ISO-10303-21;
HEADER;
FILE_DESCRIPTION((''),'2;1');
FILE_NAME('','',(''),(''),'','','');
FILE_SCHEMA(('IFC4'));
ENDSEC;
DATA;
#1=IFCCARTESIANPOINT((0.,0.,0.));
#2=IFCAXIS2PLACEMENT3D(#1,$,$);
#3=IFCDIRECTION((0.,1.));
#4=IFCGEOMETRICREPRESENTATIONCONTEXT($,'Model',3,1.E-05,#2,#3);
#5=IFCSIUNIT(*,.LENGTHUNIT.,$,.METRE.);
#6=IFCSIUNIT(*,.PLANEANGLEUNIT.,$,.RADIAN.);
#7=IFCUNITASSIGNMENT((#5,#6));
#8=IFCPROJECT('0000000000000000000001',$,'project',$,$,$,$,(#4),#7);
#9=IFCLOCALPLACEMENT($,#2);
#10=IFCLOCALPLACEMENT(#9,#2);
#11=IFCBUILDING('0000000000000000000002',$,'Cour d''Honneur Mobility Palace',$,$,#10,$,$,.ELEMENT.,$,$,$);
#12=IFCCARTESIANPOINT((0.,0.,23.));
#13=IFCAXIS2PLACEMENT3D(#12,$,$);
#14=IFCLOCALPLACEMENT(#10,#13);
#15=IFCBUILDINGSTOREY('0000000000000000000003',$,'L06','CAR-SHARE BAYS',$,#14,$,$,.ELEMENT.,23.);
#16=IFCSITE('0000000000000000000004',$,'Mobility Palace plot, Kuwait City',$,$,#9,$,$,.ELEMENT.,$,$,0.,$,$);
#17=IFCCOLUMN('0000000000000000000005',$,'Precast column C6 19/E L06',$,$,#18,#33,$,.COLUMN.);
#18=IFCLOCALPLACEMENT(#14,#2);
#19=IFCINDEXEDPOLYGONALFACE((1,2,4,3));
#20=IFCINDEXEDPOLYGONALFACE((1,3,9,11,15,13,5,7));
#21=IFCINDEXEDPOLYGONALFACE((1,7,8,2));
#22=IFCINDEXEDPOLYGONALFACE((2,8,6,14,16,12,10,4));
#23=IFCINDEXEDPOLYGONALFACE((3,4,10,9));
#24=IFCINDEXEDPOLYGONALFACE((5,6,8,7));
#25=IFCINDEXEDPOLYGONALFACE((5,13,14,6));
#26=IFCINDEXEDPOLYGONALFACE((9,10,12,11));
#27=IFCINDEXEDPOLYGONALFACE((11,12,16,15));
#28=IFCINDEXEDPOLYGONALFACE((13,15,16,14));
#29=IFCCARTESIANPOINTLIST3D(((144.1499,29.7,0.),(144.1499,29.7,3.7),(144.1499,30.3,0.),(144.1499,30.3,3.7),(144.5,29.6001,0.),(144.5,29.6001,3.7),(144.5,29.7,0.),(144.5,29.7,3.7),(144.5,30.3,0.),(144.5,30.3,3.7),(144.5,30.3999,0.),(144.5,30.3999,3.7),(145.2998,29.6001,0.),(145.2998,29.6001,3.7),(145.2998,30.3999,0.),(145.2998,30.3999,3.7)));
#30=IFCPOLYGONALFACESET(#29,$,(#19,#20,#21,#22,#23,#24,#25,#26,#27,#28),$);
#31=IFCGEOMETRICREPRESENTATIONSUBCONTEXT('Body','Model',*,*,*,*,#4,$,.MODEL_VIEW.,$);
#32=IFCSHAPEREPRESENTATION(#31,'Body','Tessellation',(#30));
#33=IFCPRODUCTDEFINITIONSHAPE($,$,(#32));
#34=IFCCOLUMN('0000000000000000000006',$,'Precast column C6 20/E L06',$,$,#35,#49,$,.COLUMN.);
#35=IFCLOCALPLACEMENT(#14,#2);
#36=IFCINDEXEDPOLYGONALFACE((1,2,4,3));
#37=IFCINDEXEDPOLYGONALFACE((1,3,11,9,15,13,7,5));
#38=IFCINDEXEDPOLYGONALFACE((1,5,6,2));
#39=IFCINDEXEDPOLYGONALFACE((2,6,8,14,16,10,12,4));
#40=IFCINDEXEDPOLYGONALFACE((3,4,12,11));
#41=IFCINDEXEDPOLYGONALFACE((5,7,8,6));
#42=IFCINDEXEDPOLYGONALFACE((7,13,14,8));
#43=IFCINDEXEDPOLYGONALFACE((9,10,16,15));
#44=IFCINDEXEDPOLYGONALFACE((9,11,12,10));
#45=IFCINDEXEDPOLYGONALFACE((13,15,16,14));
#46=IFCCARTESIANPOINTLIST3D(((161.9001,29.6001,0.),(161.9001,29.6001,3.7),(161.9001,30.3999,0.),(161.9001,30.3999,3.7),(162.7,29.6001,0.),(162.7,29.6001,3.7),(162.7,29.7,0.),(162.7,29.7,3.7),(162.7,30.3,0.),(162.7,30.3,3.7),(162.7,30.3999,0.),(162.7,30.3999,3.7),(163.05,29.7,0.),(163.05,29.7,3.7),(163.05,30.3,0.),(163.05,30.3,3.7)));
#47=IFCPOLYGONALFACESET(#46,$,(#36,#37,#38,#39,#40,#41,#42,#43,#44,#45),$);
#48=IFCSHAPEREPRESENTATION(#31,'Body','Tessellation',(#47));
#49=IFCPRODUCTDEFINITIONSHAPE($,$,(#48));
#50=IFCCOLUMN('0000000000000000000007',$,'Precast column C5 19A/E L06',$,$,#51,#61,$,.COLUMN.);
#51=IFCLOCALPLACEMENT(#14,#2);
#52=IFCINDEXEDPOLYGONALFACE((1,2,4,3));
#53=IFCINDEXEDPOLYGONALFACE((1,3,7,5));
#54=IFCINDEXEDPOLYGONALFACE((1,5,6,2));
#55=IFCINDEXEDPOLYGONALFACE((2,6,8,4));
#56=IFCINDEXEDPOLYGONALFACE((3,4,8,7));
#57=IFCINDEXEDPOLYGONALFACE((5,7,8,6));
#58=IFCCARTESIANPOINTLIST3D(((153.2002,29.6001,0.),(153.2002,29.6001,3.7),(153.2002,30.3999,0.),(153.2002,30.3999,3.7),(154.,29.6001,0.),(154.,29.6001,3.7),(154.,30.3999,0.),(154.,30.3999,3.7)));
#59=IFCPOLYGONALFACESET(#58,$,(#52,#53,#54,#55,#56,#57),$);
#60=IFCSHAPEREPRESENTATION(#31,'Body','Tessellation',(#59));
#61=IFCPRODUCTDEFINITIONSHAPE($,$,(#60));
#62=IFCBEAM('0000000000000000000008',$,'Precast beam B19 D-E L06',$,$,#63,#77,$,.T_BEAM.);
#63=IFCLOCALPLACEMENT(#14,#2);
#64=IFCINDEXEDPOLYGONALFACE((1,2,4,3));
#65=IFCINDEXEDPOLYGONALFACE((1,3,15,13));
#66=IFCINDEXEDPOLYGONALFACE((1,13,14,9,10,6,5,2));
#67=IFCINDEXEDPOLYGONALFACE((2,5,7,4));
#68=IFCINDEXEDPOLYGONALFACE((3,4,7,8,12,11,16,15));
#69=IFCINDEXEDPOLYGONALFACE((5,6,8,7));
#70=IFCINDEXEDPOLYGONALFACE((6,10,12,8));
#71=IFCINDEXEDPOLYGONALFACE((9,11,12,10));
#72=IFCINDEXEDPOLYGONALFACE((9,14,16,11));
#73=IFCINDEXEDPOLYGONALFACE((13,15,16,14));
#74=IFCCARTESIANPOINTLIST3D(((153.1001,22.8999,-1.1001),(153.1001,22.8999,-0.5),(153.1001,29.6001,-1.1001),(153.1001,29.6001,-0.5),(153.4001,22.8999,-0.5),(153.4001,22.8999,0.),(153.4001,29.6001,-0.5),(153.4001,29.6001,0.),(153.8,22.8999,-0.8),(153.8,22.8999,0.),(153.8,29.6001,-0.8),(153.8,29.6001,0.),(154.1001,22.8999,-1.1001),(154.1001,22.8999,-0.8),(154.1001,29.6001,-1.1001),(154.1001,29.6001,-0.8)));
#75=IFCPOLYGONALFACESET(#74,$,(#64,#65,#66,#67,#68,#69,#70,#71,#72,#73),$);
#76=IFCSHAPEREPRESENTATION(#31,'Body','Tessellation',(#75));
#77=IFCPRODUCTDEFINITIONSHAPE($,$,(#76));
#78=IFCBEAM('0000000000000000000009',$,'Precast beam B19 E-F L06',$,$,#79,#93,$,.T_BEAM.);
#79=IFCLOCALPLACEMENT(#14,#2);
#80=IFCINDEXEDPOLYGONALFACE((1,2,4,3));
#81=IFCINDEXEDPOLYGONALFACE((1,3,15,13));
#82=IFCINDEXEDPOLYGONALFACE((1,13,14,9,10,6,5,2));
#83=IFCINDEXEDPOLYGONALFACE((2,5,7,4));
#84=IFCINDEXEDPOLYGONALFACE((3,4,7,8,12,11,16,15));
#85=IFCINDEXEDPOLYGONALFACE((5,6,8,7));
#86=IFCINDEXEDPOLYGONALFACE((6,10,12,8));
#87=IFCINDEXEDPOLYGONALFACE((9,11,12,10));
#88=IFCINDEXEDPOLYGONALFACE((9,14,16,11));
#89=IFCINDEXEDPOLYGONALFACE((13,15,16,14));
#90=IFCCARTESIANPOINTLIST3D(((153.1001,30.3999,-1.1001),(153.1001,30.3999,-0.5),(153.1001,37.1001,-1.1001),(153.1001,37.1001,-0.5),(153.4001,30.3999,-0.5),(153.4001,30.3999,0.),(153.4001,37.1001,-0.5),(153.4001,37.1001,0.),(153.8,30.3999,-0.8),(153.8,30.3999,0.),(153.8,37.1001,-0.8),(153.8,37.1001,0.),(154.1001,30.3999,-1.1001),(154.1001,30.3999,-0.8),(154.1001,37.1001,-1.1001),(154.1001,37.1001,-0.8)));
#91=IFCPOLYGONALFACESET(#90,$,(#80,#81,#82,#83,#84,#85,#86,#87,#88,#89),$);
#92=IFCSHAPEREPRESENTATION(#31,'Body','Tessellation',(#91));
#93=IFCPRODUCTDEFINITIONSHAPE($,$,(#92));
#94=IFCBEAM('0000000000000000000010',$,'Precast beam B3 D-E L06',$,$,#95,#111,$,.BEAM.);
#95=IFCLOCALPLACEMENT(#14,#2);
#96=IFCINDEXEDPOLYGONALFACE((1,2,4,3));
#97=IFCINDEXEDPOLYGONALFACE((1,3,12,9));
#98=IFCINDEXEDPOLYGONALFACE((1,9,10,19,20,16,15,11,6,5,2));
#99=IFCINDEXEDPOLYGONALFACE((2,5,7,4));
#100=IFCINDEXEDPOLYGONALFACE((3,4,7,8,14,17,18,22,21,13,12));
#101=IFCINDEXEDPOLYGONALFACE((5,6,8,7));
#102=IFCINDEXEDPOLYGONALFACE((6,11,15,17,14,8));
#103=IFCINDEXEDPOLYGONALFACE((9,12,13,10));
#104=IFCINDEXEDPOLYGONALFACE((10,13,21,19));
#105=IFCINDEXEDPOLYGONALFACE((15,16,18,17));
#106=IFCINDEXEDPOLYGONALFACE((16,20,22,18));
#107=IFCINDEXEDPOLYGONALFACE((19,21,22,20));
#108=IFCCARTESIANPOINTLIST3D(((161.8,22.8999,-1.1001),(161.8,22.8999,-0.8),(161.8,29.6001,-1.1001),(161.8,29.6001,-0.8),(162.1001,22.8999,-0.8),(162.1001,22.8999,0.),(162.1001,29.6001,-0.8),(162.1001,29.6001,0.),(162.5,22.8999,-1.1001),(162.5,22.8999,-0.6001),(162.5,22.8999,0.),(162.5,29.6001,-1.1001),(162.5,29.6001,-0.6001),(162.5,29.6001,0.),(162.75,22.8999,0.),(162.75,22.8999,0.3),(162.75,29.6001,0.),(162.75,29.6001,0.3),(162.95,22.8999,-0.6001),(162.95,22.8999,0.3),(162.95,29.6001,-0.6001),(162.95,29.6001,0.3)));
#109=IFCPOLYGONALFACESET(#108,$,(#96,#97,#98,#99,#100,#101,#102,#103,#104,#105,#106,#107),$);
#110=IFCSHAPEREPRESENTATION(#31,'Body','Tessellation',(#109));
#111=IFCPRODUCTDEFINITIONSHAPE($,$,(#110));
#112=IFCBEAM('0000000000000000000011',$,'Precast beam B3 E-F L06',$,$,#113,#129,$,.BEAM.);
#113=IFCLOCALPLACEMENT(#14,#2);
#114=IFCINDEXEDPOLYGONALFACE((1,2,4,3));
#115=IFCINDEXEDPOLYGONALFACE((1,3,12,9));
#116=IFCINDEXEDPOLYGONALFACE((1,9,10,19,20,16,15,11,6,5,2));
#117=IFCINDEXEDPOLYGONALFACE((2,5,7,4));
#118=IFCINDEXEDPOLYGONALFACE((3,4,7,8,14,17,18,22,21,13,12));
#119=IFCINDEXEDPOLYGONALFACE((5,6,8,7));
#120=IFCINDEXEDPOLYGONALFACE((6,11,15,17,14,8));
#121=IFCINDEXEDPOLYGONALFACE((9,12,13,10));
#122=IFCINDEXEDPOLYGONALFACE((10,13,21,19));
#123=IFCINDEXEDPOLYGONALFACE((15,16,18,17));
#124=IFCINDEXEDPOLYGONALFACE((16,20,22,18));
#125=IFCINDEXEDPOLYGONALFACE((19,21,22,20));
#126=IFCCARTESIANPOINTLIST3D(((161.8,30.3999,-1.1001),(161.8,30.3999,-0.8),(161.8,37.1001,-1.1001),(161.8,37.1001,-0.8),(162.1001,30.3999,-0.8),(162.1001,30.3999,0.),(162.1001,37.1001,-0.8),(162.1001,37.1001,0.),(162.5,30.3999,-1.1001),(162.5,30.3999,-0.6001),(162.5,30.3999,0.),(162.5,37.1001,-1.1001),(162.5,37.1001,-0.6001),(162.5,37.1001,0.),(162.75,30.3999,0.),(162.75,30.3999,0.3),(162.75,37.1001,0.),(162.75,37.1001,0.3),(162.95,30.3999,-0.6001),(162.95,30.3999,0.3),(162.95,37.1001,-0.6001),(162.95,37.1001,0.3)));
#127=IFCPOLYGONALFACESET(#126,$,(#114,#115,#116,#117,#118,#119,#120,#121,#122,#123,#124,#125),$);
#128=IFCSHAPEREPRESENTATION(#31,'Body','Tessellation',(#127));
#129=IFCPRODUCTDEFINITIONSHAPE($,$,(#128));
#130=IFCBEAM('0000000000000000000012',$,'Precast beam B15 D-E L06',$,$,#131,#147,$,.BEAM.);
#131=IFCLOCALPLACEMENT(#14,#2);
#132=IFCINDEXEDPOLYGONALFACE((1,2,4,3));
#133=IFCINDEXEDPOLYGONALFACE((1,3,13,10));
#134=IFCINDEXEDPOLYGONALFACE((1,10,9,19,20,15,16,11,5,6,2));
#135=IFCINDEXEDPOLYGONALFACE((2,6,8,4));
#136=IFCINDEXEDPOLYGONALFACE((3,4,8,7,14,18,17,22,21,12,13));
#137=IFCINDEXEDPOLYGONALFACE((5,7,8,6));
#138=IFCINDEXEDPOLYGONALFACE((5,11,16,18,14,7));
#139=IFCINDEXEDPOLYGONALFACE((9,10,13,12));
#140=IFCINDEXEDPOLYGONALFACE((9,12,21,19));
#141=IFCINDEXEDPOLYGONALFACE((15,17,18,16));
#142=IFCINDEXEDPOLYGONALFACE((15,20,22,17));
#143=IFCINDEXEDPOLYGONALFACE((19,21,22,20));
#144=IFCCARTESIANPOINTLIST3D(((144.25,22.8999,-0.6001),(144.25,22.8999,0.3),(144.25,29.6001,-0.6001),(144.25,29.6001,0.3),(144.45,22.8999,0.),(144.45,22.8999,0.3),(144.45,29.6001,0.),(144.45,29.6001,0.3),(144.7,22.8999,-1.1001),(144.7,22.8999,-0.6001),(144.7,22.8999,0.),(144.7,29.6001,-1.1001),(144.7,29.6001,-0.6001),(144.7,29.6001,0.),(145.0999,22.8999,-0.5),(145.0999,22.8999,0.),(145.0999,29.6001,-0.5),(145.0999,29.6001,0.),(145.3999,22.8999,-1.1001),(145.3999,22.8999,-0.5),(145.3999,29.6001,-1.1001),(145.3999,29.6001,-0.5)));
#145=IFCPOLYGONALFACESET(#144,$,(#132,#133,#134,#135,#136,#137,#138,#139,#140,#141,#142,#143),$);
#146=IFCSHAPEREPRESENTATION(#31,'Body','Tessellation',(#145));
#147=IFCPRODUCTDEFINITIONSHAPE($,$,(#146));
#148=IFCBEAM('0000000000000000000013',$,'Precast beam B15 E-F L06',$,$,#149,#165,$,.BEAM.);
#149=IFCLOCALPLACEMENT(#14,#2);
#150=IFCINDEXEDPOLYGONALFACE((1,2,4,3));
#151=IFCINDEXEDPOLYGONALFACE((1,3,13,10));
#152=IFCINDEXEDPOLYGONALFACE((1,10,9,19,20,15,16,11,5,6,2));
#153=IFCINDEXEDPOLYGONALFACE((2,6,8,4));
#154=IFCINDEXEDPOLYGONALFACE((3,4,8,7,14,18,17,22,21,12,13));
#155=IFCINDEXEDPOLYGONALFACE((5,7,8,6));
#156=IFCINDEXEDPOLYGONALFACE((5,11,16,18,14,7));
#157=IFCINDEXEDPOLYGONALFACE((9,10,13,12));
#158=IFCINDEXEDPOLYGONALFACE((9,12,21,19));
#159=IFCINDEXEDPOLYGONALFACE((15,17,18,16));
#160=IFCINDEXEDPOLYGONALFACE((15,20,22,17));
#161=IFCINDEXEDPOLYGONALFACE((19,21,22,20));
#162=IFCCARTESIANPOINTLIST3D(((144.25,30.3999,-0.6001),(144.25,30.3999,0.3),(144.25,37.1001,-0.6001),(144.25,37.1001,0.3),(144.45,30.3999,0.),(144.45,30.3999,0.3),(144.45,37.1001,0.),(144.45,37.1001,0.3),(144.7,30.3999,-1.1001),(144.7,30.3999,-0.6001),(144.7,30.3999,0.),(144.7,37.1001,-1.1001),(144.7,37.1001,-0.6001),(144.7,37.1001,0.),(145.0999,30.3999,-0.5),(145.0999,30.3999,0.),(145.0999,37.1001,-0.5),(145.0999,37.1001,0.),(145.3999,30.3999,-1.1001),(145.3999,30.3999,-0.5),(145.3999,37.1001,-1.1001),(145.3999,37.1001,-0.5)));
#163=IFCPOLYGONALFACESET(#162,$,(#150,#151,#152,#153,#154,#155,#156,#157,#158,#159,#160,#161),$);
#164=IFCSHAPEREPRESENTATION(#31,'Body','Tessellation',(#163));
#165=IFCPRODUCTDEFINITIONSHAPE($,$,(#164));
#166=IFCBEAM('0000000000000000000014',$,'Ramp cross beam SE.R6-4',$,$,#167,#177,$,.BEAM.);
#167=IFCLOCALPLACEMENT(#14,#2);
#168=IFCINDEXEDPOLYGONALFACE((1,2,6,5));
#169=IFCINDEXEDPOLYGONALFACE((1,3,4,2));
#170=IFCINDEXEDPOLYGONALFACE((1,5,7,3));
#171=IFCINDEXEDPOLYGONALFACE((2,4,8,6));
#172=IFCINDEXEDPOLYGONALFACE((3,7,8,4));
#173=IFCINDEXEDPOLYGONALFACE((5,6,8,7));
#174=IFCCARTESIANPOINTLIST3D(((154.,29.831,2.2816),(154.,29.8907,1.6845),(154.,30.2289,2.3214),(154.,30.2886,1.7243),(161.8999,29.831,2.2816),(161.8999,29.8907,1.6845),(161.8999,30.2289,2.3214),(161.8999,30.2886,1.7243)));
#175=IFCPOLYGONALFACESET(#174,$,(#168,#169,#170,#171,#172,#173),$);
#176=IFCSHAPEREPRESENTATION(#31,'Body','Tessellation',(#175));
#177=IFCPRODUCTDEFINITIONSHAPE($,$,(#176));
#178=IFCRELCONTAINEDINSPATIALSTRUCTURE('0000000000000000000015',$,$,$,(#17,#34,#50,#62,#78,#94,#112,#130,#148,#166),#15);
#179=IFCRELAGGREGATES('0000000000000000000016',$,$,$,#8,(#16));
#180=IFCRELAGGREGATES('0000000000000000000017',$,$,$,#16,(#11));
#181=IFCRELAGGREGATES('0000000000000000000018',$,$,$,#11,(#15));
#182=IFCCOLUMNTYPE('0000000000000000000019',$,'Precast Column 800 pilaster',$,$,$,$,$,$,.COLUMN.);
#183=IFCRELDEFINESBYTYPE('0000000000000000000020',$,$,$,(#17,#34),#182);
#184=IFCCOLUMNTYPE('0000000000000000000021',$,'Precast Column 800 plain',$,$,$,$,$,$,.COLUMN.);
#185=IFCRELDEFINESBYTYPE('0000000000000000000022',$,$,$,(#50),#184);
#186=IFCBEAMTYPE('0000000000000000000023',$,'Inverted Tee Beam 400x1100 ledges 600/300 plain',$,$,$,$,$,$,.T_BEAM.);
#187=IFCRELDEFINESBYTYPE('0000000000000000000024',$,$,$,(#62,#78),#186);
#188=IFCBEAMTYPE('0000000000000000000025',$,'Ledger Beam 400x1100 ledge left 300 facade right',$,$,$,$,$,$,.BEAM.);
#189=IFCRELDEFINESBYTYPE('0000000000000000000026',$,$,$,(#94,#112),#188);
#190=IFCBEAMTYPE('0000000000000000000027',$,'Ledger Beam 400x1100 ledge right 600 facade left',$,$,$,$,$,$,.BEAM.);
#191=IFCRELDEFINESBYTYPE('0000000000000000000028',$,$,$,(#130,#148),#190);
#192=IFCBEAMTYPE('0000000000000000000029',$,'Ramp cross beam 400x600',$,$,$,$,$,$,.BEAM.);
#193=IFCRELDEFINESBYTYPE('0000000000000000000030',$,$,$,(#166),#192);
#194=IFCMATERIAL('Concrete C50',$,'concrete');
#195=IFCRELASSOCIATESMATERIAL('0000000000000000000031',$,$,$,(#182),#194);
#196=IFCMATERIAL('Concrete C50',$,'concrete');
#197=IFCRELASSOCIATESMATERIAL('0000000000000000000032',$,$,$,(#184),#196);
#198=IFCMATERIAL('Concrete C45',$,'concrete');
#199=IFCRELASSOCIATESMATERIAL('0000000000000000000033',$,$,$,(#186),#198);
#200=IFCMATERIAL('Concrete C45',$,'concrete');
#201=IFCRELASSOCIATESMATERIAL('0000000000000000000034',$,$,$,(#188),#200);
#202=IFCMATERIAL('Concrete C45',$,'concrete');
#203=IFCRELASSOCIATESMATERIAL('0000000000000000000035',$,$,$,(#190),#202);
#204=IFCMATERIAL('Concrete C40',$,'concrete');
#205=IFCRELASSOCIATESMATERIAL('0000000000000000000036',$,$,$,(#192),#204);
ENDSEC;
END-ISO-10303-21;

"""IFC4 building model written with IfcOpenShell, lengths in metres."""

from ifc_helpers import new_model, si_unit, direction, frame, origin, origin_2d, place, context, subcontext, project, spatial, polyline, rectangle, outline, extrude, material, material_profile, profile_set, type_object, element, save


model = new_model("IFC4")

# Units and contexts
model_context = context("Model", 3, precision=1e-05, world=origin(), true_north=direction((0.0, 1.0)))
body_context = subcontext(model_context, "Body", "Model", "MODEL_VIEW")
ifc_project = project(units=[si_unit("LENGTHUNIT", "METRE"), si_unit("PLANEANGLEUNIT", "RADIAN")], contexts=[model_context])

# Site, building, storey
site_placement = place(None, origin())
site = spatial("IfcSite", under=ifc_project, at=site_placement, Name="Mobility Palace plot, Kuwait City", CompositionType="ELEMENT", RefElevation=0.0)
building_placement = place(site_placement, origin())
building = spatial("IfcBuilding", under=site, at=building_placement, Name="Cour d'Honneur Mobility Palace", CompositionType="ELEMENT")
storey_placement = place(building_placement, frame((0.0, 0.0, 23.0)))
storey = spatial("IfcBuildingStorey", under=building, at=storey_placement, Name="L06", Description="CAR-SHARE BAYS", CompositionType="ELEMENT", Elevation=23.0)

# Columns
ifc_material_1 = material(Name="Concrete C50", Category="concrete")
ifc_material_profile_1 = material_profile(ifc_material_1, outline(polyline([(-0.3999, -0.3999), (0.3999, -0.3999), (0.3999, -0.3), (0.75, -0.3), (0.75, 0.3), (0.3999, 0.3), (0.3999, 0.3999), (-0.3999, 0.3999), (-0.3999, -0.3999)])), Name="PC C800 pilaster")
ifc_profile_set_1 = profile_set([ifc_material_profile_1], Name="Concrete C50")
column_type_1 = type_object("IfcColumnType", Name="Precast Column 800 pilaster", PredefinedType="COLUMN", material=ifc_profile_set_1)
for number, where, z_axis, x_axis, name in (
    (1, (144.8999, 30.0, 0.0), (0.0, 0.0, 1.0), (-1.0, 0.0, 0.0), "Precast column C6 19/E L06"),
    (2, (162.3, 30.0, 0.0), (0.0, 0.0, 1.0), (1.0, 0.0, 0.0), "Precast column C6 20/E L06"),
):
    element("IfcColumn", number, at=place(storey_placement, frame(where, z_axis=z_axis, x_axis=x_axis)), inside=storey, type_object=column_type_1, Name=name, PredefinedType="COLUMN", context=body_context, shape_type="SweptSolid", body=[
        extrude(outline(polyline([(-0.3999, -0.3999), (0.3999, -0.3999), (0.3999, -0.3), (0.75, -0.3), (0.75, 0.3), (0.3999, 0.3), (0.3999, 0.3999), (-0.3999, 0.3999), (-0.3999, -0.3999)])), origin(), (0.0, 0.0, 1.0), 3.7),
    ])
ifc_material_2 = material(Name="Concrete C50", Category="concrete")
ifc_material_profile_2 = material_profile(ifc_material_2, outline(polyline([(-0.3999, -0.3999), (0.3999, -0.3999), (0.3999, 0.3999), (-0.3999, 0.3999), (-0.3999, -0.3999)])), Name="PC C800 plain")
ifc_profile_set_2 = profile_set([ifc_material_profile_2], Name="Concrete C50")
column_type_2 = type_object("IfcColumnType", Name="Precast Column 800 plain", PredefinedType="COLUMN", material=ifc_profile_set_2)
column_placement = place(storey_placement, frame((153.6001, 30.0, 0.0), z_axis=(0.0, 0.0, 1.0), x_axis=(1.0, 0.0, 0.0)))
element("IfcColumn", 3, at=column_placement, inside=storey, type_object=column_type_2, Name="Precast column C5 19A/E L06", PredefinedType="COLUMN", context=body_context, shape_type="SweptSolid", body=[
    extrude(outline(polyline([(-0.3999, -0.3999), (0.3999, -0.3999), (0.3999, 0.3999), (-0.3999, 0.3999), (-0.3999, -0.3999)])), origin(), (0.0, 0.0, 1.0), 3.7),
])

# Beams
ifc_material_3 = material(Name="Concrete C45", Category="concrete")
ifc_material_profile_3 = material_profile(ifc_material_3, outline(polyline([(0.5, -1.1001), (0.5, -0.5), (0.2, -0.5), (0.2, 0.0), (-0.2, 0.0), (-0.2, -0.8), (-0.5, -0.8), (-0.5, -1.1001), (0.5, -1.1001)])), Name="Inverted Tee Beam 400x1100 ledges 600/300 plain")
ifc_profile_set_3 = profile_set([ifc_material_profile_3], Name="Concrete C45")
beam_type_1 = type_object("IfcBeamType", Name="Inverted Tee Beam 400x1100 ledges 600/300 plain", PredefinedType="T_BEAM", material=ifc_profile_set_3)
for number, where, z_axis, x_axis, name in (
    (4, (153.6001, 22.8999, 0.0), (0.0, 1.0, 0.0), (-1.0, 0.0, 0.0), "Precast beam B19 D-E L06"),
    (5, (153.6001, 30.3999, 0.0), (0.0, 1.0, 0.0), (-1.0, 0.0, 0.0), "Precast beam B19 E-F L06"),
):
    element("IfcBeam", number, at=place(storey_placement, frame(where, z_axis=z_axis, x_axis=x_axis)), inside=storey, type_object=beam_type_1, Name=name, PredefinedType="T_BEAM", context=body_context, shape_type="SweptSolid", body=[
        extrude(outline(polyline([(0.5, -1.1001), (0.5, -0.5), (0.2, -0.5), (0.2, 0.0), (-0.2, 0.0), (-0.2, -0.8), (-0.5, -0.8), (-0.5, -1.1001), (0.5, -1.1001)])), origin(), (0.0, 0.0, 1.0), 6.7002),
    ])
ifc_material_4 = material(Name="Concrete C45", Category="concrete")
ifc_material_profile_4 = material_profile(ifc_material_4, outline(polyline([(0.5, -1.1001), (0.5, -0.8), (0.2, -0.8), (0.2, 0.0), (-0.2, 0.0), (-0.45, 0.0), (-0.45, 0.3), (-0.6499, 0.3), (-0.6499, -0.6001), (-0.2, -0.6001), (-0.2, -1.1001), (0.5, -1.1001)])), Name="Ledger Beam 400x1100 ledge left 300 facade right")
ifc_profile_set_4 = profile_set([ifc_material_profile_4], Name="Concrete C45")
beam_type_2 = type_object("IfcBeamType", Name="Ledger Beam 400x1100 ledge left 300 facade right", PredefinedType="BEAM", material=ifc_profile_set_4)
for number, where, z_axis, x_axis, name in (
    (6, (162.3, 22.8999, 0.0), (0.0, 1.0, 0.0), (-1.0, 0.0, 0.0), "Precast beam B3 D-E L06"),
    (7, (162.3, 30.3999, 0.0), (0.0, 1.0, 0.0), (-1.0, 0.0, 0.0), "Precast beam B3 E-F L06"),
):
    element("IfcBeam", number, at=place(storey_placement, frame(where, z_axis=z_axis, x_axis=x_axis)), inside=storey, type_object=beam_type_2, Name=name, PredefinedType="BEAM", context=body_context, shape_type="SweptSolid", body=[
        extrude(outline(polyline([(0.5, -1.1001), (0.5, -0.8), (0.2, -0.8), (0.2, 0.0), (-0.2, 0.0), (-0.45, 0.0), (-0.45, 0.3), (-0.6499, 0.3), (-0.6499, -0.6001), (-0.2, -0.6001), (-0.2, -1.1001), (0.5, -1.1001)])), origin(), (0.0, 0.0, 1.0), 6.7002),
    ])
ifc_material_5 = material(Name="Concrete C45", Category="concrete")
ifc_material_profile_5 = material_profile(ifc_material_5, outline(polyline([(0.2, -1.1001), (0.2, -0.6001), (0.6499, -0.6001), (0.6499, 0.3), (0.45, 0.3), (0.45, 0.0), (0.2, 0.0), (-0.2, 0.0), (-0.2, -0.5), (-0.5, -0.5), (-0.5, -1.1001), (0.2, -1.1001)])), Name="Ledger Beam 400x1100 ledge right 600 facade left")
ifc_profile_set_5 = profile_set([ifc_material_profile_5], Name="Concrete C45")
beam_type_3 = type_object("IfcBeamType", Name="Ledger Beam 400x1100 ledge right 600 facade left", PredefinedType="BEAM", material=ifc_profile_set_5)
for number, where, z_axis, x_axis, name in (
    (8, (144.8999, 22.8999, 0.0), (0.0, 1.0, 0.0), (-1.0, 0.0, 0.0), "Precast beam B15 D-E L06"),
    (9, (144.8999, 30.3999, 0.0), (0.0, 1.0, 0.0), (-1.0, 0.0, 0.0), "Precast beam B15 E-F L06"),
):
    element("IfcBeam", number, at=place(storey_placement, frame(where, z_axis=z_axis, x_axis=x_axis)), inside=storey, type_object=beam_type_3, Name=name, PredefinedType="BEAM", context=body_context, shape_type="SweptSolid", body=[
        extrude(outline(polyline([(0.2, -1.1001), (0.2, -0.6001), (0.6499, -0.6001), (0.6499, 0.3), (0.45, 0.3), (0.45, 0.0), (0.2, 0.0), (-0.2, 0.0), (-0.2, -0.5), (-0.5, -0.5), (-0.5, -1.1001), (0.2, -1.1001)])), origin(), (0.0, 0.0, 1.0), 6.7002),
    ])
ifc_material_6 = material(Name="Concrete C40", Category="concrete")
ifc_material_profile_6 = material_profile(ifc_material_6, rectangle(XDim=0.3999, YDim=0.6001, at=origin_2d()), Name="Ramp cross beam 400x600")
ifc_profile_set_6 = profile_set([ifc_material_profile_6], Name="Concrete C40")
beam_type_4 = type_object("IfcBeamType", Name="Ramp cross beam 400x600", PredefinedType="BEAM", material=ifc_profile_set_6)
beam_placement = place(storey_placement, frame((161.8999, 30.0598, 2.0029), z_axis=(-1.0, 0.0, 0.0), x_axis=(0.0, -0.995037, -0.099504)))
element("IfcBeam", 10, at=beam_placement, inside=storey, type_object=beam_type_4, Name="Ramp cross beam SE.R6-4", PredefinedType="BEAM", context=body_context, shape_type="SweptSolid", body=[
    extrude(rectangle(XDim=0.3999, YDim=0.6001, at=origin_2d()), origin(), (0.0, 0.0, 1.0), 7.8999),
])

save(model, "model.ifc")
